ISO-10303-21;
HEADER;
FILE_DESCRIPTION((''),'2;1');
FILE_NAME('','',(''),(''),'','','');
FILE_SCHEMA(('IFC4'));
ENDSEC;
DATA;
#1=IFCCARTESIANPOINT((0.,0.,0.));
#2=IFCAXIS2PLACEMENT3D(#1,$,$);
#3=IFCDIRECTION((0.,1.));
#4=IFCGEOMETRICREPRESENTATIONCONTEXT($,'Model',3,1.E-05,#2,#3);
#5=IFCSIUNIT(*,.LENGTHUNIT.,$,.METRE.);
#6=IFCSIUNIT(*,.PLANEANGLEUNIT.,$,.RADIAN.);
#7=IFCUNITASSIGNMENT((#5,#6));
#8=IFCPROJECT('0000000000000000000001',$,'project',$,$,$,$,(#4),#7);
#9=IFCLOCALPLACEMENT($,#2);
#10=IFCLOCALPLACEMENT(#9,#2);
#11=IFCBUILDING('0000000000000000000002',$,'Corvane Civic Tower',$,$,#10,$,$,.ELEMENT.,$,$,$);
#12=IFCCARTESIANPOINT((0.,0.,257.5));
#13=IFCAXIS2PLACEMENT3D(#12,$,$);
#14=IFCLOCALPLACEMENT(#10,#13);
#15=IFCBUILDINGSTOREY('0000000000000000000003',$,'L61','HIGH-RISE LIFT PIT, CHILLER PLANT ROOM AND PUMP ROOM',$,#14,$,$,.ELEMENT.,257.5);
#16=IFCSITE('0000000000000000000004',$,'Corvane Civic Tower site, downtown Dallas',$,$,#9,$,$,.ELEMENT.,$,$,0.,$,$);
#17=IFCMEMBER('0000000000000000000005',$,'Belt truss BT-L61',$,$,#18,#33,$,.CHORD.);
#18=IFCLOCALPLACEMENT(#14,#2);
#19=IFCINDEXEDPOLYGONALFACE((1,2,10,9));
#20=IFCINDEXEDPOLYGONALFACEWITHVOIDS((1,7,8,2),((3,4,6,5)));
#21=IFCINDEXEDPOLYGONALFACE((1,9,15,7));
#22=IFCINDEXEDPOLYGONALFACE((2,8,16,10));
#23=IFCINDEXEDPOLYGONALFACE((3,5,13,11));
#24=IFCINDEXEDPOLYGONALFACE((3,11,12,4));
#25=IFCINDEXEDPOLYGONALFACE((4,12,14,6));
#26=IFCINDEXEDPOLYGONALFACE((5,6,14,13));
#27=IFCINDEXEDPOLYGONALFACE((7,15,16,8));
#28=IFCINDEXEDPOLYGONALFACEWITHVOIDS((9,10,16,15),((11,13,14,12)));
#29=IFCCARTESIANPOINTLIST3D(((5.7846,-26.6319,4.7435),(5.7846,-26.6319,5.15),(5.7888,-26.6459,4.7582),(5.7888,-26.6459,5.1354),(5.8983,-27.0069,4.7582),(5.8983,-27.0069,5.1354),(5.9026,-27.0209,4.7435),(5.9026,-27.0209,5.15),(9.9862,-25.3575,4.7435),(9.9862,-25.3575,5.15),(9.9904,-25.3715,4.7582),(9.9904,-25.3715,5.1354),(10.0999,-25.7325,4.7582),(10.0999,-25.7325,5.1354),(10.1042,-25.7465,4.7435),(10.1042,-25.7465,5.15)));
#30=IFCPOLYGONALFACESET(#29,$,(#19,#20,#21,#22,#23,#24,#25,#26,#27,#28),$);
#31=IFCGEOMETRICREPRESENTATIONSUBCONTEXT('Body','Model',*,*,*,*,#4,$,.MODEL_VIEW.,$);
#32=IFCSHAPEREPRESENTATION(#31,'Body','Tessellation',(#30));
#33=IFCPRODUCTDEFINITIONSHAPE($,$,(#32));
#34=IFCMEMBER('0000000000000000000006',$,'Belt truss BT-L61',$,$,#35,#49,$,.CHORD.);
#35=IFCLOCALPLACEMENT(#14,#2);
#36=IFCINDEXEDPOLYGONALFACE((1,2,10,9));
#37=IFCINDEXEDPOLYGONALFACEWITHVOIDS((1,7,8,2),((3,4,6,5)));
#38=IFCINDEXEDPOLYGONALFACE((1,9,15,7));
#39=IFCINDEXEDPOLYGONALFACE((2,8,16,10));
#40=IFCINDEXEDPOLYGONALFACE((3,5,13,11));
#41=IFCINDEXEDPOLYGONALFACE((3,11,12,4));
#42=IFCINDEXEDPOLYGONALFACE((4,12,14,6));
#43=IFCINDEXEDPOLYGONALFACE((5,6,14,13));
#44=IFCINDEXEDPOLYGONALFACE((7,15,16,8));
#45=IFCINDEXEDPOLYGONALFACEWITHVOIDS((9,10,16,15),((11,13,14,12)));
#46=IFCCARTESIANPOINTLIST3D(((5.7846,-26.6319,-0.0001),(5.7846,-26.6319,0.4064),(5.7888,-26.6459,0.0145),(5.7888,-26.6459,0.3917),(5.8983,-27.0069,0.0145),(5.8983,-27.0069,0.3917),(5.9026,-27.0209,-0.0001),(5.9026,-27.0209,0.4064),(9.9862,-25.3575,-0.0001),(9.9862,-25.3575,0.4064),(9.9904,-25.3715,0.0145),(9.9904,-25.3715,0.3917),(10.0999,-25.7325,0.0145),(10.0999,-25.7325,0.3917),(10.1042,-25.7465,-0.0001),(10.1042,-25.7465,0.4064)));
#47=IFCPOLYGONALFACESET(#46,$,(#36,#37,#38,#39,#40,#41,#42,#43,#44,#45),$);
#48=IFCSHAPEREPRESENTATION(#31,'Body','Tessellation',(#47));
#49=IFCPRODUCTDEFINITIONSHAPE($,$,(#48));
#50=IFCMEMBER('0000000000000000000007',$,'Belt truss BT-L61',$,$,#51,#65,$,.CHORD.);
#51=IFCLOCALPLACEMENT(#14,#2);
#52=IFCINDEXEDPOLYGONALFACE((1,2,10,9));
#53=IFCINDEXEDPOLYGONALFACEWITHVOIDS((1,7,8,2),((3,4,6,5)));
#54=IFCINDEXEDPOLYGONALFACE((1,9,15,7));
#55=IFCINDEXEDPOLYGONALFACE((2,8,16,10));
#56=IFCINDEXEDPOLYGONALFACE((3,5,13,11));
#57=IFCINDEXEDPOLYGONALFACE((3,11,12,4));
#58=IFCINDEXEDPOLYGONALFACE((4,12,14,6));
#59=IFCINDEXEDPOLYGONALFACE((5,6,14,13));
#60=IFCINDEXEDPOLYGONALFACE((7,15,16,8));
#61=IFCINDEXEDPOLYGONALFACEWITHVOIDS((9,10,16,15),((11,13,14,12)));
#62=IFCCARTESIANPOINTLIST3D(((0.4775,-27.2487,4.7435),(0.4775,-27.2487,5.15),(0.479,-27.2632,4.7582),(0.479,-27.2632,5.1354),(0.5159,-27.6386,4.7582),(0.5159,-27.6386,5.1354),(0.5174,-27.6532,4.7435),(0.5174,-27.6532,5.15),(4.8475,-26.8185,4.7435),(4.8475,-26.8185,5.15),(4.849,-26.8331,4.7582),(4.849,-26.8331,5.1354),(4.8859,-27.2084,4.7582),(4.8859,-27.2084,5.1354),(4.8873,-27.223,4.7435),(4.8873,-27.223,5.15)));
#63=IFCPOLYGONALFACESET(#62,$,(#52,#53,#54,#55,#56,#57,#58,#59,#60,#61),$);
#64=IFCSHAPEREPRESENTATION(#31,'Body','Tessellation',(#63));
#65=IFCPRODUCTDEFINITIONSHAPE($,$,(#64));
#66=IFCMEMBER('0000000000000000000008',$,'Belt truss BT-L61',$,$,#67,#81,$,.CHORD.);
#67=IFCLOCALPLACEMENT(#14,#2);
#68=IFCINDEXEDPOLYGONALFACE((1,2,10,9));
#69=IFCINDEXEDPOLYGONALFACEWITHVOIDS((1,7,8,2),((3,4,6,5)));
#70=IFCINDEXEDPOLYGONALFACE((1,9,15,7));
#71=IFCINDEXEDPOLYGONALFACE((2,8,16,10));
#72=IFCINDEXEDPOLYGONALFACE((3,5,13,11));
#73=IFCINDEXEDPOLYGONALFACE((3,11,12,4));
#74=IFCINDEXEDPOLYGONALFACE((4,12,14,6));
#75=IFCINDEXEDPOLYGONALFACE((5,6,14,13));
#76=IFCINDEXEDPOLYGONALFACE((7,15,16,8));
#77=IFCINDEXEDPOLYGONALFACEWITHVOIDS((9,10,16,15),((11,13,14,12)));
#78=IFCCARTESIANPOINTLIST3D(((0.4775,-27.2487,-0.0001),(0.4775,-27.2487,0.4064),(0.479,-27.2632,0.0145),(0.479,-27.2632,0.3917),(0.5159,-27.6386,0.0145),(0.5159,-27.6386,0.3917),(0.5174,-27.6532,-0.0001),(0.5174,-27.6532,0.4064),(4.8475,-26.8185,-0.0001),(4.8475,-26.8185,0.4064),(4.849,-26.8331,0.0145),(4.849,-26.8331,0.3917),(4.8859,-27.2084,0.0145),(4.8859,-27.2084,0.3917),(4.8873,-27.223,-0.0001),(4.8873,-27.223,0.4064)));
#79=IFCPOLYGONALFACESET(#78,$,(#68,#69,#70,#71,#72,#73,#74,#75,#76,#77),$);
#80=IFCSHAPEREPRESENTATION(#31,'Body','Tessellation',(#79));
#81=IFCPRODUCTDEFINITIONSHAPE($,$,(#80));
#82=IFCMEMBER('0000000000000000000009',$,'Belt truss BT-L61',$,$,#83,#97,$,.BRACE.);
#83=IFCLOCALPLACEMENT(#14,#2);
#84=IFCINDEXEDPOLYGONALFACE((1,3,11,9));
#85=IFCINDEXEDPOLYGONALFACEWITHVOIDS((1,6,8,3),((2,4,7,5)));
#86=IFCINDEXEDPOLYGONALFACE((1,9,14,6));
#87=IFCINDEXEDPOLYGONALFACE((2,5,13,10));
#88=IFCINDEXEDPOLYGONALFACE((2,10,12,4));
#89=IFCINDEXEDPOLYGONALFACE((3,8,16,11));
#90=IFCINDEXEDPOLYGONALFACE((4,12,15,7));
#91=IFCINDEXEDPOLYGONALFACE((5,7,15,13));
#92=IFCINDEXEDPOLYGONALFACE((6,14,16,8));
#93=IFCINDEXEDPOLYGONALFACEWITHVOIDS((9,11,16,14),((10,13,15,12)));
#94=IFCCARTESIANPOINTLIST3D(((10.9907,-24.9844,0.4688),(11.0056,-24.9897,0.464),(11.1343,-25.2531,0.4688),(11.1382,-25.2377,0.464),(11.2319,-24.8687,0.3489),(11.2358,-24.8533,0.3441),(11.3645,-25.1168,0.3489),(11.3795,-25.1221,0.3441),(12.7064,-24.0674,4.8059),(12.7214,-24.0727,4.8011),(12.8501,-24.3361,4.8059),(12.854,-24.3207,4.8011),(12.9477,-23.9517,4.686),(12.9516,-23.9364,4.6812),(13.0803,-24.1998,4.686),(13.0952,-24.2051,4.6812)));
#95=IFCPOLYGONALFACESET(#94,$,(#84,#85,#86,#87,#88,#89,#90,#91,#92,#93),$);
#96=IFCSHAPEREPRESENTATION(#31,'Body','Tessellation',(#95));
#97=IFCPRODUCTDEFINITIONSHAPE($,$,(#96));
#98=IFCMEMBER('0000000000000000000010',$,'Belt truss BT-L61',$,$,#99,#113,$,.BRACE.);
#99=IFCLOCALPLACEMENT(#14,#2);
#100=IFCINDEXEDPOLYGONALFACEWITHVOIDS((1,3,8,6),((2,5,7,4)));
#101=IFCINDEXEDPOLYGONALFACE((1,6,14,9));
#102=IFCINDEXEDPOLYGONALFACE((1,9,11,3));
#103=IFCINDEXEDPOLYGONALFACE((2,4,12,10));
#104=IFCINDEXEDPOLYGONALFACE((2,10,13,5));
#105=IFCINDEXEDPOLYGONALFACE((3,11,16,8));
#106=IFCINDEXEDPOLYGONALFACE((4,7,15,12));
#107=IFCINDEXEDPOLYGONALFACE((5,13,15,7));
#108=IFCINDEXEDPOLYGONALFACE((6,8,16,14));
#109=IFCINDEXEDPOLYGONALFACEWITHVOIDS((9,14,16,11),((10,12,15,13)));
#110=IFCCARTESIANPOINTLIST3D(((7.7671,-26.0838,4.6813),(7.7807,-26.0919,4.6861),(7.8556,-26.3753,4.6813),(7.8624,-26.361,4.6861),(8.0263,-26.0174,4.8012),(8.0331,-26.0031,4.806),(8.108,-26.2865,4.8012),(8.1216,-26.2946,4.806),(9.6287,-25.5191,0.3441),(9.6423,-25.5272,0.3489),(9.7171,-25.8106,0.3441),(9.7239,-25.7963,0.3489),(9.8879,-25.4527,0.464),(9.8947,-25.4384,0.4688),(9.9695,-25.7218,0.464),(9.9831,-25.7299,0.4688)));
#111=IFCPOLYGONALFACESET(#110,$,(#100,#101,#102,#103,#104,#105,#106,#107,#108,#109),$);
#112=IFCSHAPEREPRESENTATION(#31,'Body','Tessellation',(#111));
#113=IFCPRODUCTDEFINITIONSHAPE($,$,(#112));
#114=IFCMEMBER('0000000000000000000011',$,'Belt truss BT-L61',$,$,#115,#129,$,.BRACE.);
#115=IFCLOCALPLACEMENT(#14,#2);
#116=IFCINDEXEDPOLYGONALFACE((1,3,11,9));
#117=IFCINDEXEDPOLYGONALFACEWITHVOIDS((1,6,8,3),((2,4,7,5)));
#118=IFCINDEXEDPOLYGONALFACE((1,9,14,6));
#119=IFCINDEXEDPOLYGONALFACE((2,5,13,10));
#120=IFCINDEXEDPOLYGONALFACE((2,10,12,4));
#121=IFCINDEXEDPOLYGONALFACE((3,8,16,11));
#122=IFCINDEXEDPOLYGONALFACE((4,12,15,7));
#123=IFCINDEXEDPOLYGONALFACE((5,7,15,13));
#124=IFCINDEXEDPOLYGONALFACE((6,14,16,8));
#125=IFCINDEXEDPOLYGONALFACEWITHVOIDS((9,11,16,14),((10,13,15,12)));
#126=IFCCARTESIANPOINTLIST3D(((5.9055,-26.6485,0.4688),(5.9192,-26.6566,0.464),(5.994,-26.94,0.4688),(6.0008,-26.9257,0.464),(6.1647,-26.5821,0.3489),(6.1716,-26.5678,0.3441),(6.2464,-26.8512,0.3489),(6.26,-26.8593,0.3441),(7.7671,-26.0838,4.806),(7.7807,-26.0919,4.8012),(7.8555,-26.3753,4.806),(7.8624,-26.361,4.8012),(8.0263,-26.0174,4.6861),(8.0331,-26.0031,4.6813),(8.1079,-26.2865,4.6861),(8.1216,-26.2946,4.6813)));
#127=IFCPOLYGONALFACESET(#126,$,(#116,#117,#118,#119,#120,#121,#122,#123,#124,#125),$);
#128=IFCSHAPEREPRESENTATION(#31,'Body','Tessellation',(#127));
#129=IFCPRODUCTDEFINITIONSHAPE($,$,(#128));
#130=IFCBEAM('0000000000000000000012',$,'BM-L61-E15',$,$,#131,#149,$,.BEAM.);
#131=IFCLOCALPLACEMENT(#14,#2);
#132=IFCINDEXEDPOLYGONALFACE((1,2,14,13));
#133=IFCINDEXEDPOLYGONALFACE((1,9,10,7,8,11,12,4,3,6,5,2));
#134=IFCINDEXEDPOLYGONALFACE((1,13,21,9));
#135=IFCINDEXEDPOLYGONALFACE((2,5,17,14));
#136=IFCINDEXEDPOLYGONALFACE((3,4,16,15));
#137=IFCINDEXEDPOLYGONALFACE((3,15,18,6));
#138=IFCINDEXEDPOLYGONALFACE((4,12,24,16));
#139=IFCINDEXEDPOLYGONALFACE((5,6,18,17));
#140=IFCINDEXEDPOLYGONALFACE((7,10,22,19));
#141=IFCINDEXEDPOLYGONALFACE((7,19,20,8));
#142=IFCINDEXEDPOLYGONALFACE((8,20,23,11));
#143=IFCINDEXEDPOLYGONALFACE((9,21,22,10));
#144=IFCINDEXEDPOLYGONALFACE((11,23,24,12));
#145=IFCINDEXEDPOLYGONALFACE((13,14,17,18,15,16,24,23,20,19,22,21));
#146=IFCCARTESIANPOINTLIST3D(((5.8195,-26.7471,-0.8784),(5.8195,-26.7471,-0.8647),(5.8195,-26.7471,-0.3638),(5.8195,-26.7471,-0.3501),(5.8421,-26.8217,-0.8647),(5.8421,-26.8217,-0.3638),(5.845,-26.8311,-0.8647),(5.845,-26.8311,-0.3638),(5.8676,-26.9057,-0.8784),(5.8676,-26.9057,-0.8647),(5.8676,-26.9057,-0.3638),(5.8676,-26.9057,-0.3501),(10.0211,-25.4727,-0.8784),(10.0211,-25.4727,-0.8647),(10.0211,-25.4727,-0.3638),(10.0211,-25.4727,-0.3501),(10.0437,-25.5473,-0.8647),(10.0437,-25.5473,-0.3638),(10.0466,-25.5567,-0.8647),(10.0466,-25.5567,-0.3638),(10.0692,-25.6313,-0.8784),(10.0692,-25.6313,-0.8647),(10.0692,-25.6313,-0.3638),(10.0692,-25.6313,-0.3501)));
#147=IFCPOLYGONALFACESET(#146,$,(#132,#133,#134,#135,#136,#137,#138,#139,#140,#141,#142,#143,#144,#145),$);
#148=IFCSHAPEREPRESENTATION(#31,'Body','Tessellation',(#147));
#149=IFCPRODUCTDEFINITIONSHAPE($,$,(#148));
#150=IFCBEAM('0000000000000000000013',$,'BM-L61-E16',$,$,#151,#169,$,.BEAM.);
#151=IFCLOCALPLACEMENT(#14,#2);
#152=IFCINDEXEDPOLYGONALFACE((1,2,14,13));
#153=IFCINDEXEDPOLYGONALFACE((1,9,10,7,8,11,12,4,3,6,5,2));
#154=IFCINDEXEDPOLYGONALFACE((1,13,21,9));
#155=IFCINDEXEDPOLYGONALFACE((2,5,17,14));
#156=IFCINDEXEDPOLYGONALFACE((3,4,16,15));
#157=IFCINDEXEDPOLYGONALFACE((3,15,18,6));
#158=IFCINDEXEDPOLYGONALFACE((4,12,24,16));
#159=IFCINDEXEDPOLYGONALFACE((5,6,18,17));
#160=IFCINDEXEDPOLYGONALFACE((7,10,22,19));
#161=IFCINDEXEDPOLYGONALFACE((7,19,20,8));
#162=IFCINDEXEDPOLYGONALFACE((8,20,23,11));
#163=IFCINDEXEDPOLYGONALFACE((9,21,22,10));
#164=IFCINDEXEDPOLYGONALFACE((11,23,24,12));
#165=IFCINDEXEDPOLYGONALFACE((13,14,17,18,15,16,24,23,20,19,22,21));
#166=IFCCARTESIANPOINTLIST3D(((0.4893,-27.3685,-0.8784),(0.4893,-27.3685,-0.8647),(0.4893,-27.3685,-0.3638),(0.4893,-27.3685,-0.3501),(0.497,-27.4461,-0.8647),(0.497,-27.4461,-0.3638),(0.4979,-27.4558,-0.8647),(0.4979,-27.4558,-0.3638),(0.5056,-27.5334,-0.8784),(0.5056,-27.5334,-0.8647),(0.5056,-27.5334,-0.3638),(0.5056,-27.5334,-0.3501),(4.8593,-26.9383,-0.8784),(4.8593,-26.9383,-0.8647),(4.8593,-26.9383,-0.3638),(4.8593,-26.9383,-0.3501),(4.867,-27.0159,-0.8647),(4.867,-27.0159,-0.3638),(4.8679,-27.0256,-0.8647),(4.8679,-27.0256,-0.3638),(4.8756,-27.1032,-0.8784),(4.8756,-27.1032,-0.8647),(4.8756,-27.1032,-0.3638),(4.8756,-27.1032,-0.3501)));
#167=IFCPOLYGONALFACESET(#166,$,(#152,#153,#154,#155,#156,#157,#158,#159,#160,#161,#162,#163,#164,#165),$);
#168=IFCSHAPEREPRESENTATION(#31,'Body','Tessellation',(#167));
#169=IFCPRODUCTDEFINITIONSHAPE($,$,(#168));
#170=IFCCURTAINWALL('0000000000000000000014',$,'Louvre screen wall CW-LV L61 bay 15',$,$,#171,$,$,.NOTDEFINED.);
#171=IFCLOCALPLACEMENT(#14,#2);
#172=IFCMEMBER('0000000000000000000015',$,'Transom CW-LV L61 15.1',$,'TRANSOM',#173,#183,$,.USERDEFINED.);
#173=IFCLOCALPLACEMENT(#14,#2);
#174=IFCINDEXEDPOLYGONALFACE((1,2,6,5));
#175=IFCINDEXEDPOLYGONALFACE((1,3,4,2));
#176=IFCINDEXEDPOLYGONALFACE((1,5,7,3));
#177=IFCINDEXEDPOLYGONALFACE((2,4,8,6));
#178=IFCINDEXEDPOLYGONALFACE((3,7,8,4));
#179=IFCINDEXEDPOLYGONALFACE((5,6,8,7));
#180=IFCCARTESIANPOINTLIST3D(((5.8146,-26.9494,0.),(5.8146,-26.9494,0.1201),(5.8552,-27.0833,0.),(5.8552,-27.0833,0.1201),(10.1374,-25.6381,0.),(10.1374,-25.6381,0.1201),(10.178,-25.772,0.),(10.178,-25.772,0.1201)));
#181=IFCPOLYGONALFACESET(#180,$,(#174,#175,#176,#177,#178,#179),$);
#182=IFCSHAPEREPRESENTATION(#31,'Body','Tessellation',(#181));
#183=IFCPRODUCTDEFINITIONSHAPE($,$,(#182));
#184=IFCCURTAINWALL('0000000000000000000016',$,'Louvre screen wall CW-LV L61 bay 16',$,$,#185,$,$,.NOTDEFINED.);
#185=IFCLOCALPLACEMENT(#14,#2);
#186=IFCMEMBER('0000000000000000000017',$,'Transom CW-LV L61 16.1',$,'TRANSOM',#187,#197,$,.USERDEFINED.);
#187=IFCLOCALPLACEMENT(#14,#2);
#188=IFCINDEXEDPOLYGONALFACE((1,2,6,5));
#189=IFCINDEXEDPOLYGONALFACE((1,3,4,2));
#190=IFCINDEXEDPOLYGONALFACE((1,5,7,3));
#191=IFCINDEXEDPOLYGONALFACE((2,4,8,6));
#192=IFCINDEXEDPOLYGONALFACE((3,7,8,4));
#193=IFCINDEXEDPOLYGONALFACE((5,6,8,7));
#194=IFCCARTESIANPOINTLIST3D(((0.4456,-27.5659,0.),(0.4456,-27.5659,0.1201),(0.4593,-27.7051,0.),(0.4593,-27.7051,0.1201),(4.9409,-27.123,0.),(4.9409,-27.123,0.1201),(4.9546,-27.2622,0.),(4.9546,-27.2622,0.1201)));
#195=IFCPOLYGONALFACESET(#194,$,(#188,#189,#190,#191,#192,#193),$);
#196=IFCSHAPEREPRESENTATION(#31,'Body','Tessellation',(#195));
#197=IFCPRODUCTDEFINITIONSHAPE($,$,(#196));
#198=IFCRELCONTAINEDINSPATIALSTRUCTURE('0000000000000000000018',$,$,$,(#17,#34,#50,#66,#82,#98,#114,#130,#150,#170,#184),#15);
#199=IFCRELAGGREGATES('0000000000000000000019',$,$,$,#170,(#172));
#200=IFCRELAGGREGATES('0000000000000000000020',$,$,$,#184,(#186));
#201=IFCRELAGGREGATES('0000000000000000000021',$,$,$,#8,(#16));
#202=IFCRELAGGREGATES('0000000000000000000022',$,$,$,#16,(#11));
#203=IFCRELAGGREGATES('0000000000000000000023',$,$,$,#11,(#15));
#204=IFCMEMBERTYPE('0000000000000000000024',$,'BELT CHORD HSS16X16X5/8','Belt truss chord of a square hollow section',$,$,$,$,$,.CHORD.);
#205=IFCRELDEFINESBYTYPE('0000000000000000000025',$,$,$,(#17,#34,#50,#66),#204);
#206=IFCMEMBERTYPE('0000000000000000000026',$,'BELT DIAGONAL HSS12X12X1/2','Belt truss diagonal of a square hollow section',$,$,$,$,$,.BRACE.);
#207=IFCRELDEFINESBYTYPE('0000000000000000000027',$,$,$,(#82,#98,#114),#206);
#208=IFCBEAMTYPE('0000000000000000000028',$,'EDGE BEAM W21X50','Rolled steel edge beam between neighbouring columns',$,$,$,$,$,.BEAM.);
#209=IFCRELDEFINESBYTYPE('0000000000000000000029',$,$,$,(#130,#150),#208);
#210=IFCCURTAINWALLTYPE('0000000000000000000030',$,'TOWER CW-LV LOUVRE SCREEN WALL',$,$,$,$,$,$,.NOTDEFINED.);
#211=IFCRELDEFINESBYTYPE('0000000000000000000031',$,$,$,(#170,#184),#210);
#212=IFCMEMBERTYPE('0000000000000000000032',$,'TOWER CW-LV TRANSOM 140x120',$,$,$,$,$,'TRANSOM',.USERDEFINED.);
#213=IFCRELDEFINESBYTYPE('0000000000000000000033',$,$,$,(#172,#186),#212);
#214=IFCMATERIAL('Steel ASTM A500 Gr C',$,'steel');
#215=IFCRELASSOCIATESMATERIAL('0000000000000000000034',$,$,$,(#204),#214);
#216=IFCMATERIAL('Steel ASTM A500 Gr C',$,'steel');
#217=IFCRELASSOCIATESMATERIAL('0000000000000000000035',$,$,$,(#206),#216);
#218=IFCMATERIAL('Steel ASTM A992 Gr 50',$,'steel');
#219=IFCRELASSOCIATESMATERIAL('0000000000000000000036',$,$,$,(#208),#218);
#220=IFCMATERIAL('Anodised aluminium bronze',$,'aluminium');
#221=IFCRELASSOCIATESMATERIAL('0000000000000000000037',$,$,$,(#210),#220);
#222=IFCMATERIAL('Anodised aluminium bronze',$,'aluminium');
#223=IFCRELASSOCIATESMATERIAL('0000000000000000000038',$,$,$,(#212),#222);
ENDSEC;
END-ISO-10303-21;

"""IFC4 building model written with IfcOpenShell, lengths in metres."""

from ifc_helpers import new_model, si_unit, direction, frame, origin, origin_2d, place, context, subcontext, project, spatial, rectangle, hollow_rectangle, i_section, extrude, material, material_profile, profile_set, type_object, element, aggregate, save


model = new_model("IFC4")

# Units and contexts
model_context = context("Model", 3, precision=1e-05, world=origin(), true_north=direction((0.0, 1.0)))
body_context = subcontext(model_context, "Body", "Model", "MODEL_VIEW")
ifc_project = project(units=[si_unit("LENGTHUNIT", "METRE"), si_unit("PLANEANGLEUNIT", "RADIAN")], contexts=[model_context])

# Site, building, storey
site_placement = place(None, origin())
site = spatial("IfcSite", under=ifc_project, at=site_placement, Name="Corvane Civic Tower site, downtown Dallas", CompositionType="ELEMENT", RefElevation=0.0)
building_placement = place(site_placement, origin())
building = spatial("IfcBuilding", under=site, at=building_placement, Name="Corvane Civic Tower", CompositionType="ELEMENT")
storey_placement = place(building_placement, frame((0.0, 0.0, 257.5)))
storey = spatial("IfcBuildingStorey", under=building, at=storey_placement, Name="L61", Description="HIGH-RISE LIFT PIT, CHILLER PLANT ROOM AND PUMP ROOM", CompositionType="ELEMENT", Elevation=257.5)

# Members
ifc_material_1 = material(Name="Steel ASTM A500 Gr C", Category="steel")
ifc_material_profile_1 = material_profile(ifc_material_1, hollow_rectangle(XDim=0.4065, YDim=0.4065, WallThickness=0.0146, at=origin_2d()), Name="HSS16X16X5/8")
ifc_profile_set_1 = profile_set([ifc_material_profile_1], Name="Steel ASTM A500 Gr C")
member_type_1 = type_object("IfcMemberType", Name="BELT CHORD HSS16X16X5/8", Description="Belt truss chord of a square hollow section", PredefinedType="CHORD", material=ifc_profile_set_1)
for number, where, z_axis, x_axis, name in (
    (1, (10.0452, -25.552, 4.9468), (-0.95695, -0.290254, 0.0), (0.290254, -0.95695, 0.0), "Belt truss BT-L61"),
    (2, (10.0452, -25.552, 0.2031), (-0.95695, -0.290254, 0.0), (0.290254, -0.95695, 0.0), "Belt truss BT-L61"),
):
    element("IfcMember", number, at=place(storey_placement, frame(where, z_axis=z_axis, x_axis=x_axis)), inside=storey, type_object=member_type_1, Name=name, PredefinedType="CHORD", context=body_context, shape_type="SweptSolid", body=[
        extrude(hollow_rectangle(XDim=0.4065, YDim=0.4065, WallThickness=0.0146, at=origin_2d()), origin(), (0.0, 0.0, 1.0), 4.3906),
    ])
for number, where, z_axis, x_axis, name in (
    (3, (4.8674, -27.0208, 4.9468), (-0.99519, -0.097968, 0.0), (0.097968, -0.99519, 0.0), "Belt truss BT-L61"),
    (4, (4.8674, -27.0208, 0.2031), (-0.99519, -0.097968, 0.0), (0.097968, -0.99519, 0.0), "Belt truss BT-L61"),
):
    element("IfcMember", number, at=place(storey_placement, frame(where, z_axis=z_axis, x_axis=x_axis)), inside=storey, type_object=member_type_1, Name=name, PredefinedType="CHORD", context=body_context, shape_type="SweptSolid", body=[
        extrude(hollow_rectangle(XDim=0.4065, YDim=0.4065, WallThickness=0.0146, at=origin_2d()), origin(), (0.0, 0.0, 1.0), 4.3911),
    ])
ifc_material_2 = material(Name="Steel ASTM A500 Gr C", Category="steel")
ifc_material_profile_2 = material_profile(ifc_material_2, hollow_rectangle(XDim=0.3047, YDim=0.3047, WallThickness=0.0117, at=origin_2d()), Name="HSS12X12X1/2")
ifc_profile_set_2 = profile_set([ifc_material_profile_2], Name="Steel ASTM A500 Gr C")
member_type_2 = type_object("IfcMemberType", Name="BELT DIAGONAL HSS12X12X1/2", Description="Belt truss diagonal of a square hollow section", PredefinedType="BRACE", material=ifc_profile_set_2)
for number, where, z_axis, x_axis, name in (
    (5, (11.1851, -25.0532, 0.4065), (0.360959, 0.192908, 0.912412), (-0.471344, 0.88195, 0.0), "Belt truss BT-L61"),
    (6, (9.8059, -25.6245, 0.4065), (-0.391626, -0.118797, 0.912423), (0.290283, -0.956941, 0.0), "Belt truss BT-L61"),
    (7, (6.0828, -26.7539, 0.4065), (0.391626, 0.118797, 0.912423), (-0.290283, 0.956941, 0.0), "Belt truss BT-L61"),
):
    element("IfcMember", number, at=place(storey_placement, frame(where, z_axis=z_axis, x_axis=x_axis)), inside=storey, type_object=member_type_2, Name=name, PredefinedType="BRACE", context=body_context, shape_type="SweptSolid", body=[
        extrude(hollow_rectangle(XDim=0.3047, YDim=0.3047, WallThickness=0.0117, at=origin_2d()), origin(), (0.0, 0.0, 1.0), 4.7534),
    ])

# Beams
ifc_material_3 = material(Name="Steel ASTM A992 Gr 50", Category="steel")
ifc_material_profile_3 = material_profile(ifc_material_3, i_section(OverallWidth=0.1658, OverallDepth=0.5283, WebThickness=0.0098, FlangeThickness=0.0137, at=origin_2d()), Name="W21X50")
ifc_profile_set_3 = profile_set([ifc_material_profile_3], Name="Steel ASTM A992 Gr 50")
beam_type = type_object("IfcBeamType", Name="EDGE BEAM W21X50", Description="Rolled steel edge beam between neighbouring columns", PredefinedType="BEAM", material=ifc_profile_set_3)
beam_1_placement = place(storey_placement, frame((10.0452, -25.552, -0.6143), z_axis=(-0.95695, -0.290254, 0.0), x_axis=(0.290254, -0.95695, 0.0)))
element("IfcBeam", 8, at=beam_1_placement, inside=storey, type_object=beam_type, Name="BM-L61-E15", PredefinedType="BEAM", context=body_context, shape_type="SweptSolid", body=[
    extrude(i_section(OverallWidth=0.1658, OverallDepth=0.5283, WebThickness=0.0098, FlangeThickness=0.0137, at=origin_2d()), origin(), (0.0, 0.0, 1.0), 4.3906),
])
beam_2_placement = place(storey_placement, frame((4.8674, -27.0208, -0.6143), z_axis=(-0.99519, -0.097968, 0.0), x_axis=(0.097968, -0.99519, 0.0)))
element("IfcBeam", 9, at=beam_2_placement, inside=storey, type_object=beam_type, Name="BM-L61-E16", PredefinedType="BEAM", context=body_context, shape_type="SweptSolid", body=[
    extrude(i_section(OverallWidth=0.1658, OverallDepth=0.5283, WebThickness=0.0098, FlangeThickness=0.0137, at=origin_2d()), origin(), (0.0, 0.0, 1.0), 4.3911),
])

# Curtain walls, members
ifc_material_4 = material(Name="Anodised aluminium bronze", Category="aluminium")
curtain_wall_type = type_object("IfcCurtainWallType", Name="TOWER CW-LV LOUVRE SCREEN WALL", PredefinedType="NOTDEFINED", material=ifc_material_4)
curtain_wall_1_placement = place(storey_placement, origin())
curtain_wall_1 = element("IfcCurtainWall", 10, at=curtain_wall_1_placement, inside=storey, type_object=curtain_wall_type, Name="Louvre screen wall CW-LV L61 bay 15", PredefinedType="NOTDEFINED")
ifc_material_5 = material(Name="Anodised aluminium bronze", Category="aluminium")
ifc_material_profile_4 = material_profile(ifc_material_5, rectangle(XDim=0.1399, YDim=0.1201, at=origin_2d()), Name="TOWER CW-LV TRANSOM 140x120")
ifc_profile_set_4 = profile_set([ifc_material_profile_4], Name="Anodised aluminium bronze")
member_type_3 = type_object("IfcMemberType", Name="TOWER CW-LV TRANSOM 140x120", ElementType="TRANSOM", PredefinedType="USERDEFINED", material=ifc_profile_set_4)
member_1_placement = place(storey_placement, frame((10.1577, -25.7051, 0.0601), z_axis=(-0.956941, -0.290282, 0.0), x_axis=(0.290282, -0.956941, 0.0)))
member_1 = element("IfcMember", 11, at=member_1_placement, type_object=member_type_3, Name="Transom CW-LV L61 15.1", ObjectType="TRANSOM", PredefinedType="USERDEFINED", context=body_context, shape_type="SweptSolid", body=[
    extrude(rectangle(XDim=0.1399, YDim=0.1201, at=origin_2d()), origin(), (0.0, 0.0, 1.0), 4.5173),
])
curtain_wall_2_placement = place(storey_placement, origin())
curtain_wall_2 = element("IfcCurtainWall", 12, at=curtain_wall_2_placement, inside=storey, type_object=curtain_wall_type, Name="Louvre screen wall CW-LV L61 bay 16", PredefinedType="NOTDEFINED")
member_2_placement = place(storey_placement, frame((4.9478, -27.1926, 0.0601), z_axis=(-0.995182, -0.098043, 0.0), x_axis=(0.098043, -0.995182, 0.0)))
member_2 = element("IfcMember", 13, at=member_2_placement, type_object=member_type_3, Name="Transom CW-LV L61 16.1", ObjectType="TRANSOM", PredefinedType="USERDEFINED", context=body_context, shape_type="SweptSolid", body=[
    extrude(rectangle(XDim=0.1399, YDim=0.1201, at=origin_2d()), origin(), (0.0, 0.0, 1.0), 4.5171),
])

aggregate(curtain_wall_1, [member_1])
aggregate(curtain_wall_2, [member_2])

save(model, "model.ifc")
